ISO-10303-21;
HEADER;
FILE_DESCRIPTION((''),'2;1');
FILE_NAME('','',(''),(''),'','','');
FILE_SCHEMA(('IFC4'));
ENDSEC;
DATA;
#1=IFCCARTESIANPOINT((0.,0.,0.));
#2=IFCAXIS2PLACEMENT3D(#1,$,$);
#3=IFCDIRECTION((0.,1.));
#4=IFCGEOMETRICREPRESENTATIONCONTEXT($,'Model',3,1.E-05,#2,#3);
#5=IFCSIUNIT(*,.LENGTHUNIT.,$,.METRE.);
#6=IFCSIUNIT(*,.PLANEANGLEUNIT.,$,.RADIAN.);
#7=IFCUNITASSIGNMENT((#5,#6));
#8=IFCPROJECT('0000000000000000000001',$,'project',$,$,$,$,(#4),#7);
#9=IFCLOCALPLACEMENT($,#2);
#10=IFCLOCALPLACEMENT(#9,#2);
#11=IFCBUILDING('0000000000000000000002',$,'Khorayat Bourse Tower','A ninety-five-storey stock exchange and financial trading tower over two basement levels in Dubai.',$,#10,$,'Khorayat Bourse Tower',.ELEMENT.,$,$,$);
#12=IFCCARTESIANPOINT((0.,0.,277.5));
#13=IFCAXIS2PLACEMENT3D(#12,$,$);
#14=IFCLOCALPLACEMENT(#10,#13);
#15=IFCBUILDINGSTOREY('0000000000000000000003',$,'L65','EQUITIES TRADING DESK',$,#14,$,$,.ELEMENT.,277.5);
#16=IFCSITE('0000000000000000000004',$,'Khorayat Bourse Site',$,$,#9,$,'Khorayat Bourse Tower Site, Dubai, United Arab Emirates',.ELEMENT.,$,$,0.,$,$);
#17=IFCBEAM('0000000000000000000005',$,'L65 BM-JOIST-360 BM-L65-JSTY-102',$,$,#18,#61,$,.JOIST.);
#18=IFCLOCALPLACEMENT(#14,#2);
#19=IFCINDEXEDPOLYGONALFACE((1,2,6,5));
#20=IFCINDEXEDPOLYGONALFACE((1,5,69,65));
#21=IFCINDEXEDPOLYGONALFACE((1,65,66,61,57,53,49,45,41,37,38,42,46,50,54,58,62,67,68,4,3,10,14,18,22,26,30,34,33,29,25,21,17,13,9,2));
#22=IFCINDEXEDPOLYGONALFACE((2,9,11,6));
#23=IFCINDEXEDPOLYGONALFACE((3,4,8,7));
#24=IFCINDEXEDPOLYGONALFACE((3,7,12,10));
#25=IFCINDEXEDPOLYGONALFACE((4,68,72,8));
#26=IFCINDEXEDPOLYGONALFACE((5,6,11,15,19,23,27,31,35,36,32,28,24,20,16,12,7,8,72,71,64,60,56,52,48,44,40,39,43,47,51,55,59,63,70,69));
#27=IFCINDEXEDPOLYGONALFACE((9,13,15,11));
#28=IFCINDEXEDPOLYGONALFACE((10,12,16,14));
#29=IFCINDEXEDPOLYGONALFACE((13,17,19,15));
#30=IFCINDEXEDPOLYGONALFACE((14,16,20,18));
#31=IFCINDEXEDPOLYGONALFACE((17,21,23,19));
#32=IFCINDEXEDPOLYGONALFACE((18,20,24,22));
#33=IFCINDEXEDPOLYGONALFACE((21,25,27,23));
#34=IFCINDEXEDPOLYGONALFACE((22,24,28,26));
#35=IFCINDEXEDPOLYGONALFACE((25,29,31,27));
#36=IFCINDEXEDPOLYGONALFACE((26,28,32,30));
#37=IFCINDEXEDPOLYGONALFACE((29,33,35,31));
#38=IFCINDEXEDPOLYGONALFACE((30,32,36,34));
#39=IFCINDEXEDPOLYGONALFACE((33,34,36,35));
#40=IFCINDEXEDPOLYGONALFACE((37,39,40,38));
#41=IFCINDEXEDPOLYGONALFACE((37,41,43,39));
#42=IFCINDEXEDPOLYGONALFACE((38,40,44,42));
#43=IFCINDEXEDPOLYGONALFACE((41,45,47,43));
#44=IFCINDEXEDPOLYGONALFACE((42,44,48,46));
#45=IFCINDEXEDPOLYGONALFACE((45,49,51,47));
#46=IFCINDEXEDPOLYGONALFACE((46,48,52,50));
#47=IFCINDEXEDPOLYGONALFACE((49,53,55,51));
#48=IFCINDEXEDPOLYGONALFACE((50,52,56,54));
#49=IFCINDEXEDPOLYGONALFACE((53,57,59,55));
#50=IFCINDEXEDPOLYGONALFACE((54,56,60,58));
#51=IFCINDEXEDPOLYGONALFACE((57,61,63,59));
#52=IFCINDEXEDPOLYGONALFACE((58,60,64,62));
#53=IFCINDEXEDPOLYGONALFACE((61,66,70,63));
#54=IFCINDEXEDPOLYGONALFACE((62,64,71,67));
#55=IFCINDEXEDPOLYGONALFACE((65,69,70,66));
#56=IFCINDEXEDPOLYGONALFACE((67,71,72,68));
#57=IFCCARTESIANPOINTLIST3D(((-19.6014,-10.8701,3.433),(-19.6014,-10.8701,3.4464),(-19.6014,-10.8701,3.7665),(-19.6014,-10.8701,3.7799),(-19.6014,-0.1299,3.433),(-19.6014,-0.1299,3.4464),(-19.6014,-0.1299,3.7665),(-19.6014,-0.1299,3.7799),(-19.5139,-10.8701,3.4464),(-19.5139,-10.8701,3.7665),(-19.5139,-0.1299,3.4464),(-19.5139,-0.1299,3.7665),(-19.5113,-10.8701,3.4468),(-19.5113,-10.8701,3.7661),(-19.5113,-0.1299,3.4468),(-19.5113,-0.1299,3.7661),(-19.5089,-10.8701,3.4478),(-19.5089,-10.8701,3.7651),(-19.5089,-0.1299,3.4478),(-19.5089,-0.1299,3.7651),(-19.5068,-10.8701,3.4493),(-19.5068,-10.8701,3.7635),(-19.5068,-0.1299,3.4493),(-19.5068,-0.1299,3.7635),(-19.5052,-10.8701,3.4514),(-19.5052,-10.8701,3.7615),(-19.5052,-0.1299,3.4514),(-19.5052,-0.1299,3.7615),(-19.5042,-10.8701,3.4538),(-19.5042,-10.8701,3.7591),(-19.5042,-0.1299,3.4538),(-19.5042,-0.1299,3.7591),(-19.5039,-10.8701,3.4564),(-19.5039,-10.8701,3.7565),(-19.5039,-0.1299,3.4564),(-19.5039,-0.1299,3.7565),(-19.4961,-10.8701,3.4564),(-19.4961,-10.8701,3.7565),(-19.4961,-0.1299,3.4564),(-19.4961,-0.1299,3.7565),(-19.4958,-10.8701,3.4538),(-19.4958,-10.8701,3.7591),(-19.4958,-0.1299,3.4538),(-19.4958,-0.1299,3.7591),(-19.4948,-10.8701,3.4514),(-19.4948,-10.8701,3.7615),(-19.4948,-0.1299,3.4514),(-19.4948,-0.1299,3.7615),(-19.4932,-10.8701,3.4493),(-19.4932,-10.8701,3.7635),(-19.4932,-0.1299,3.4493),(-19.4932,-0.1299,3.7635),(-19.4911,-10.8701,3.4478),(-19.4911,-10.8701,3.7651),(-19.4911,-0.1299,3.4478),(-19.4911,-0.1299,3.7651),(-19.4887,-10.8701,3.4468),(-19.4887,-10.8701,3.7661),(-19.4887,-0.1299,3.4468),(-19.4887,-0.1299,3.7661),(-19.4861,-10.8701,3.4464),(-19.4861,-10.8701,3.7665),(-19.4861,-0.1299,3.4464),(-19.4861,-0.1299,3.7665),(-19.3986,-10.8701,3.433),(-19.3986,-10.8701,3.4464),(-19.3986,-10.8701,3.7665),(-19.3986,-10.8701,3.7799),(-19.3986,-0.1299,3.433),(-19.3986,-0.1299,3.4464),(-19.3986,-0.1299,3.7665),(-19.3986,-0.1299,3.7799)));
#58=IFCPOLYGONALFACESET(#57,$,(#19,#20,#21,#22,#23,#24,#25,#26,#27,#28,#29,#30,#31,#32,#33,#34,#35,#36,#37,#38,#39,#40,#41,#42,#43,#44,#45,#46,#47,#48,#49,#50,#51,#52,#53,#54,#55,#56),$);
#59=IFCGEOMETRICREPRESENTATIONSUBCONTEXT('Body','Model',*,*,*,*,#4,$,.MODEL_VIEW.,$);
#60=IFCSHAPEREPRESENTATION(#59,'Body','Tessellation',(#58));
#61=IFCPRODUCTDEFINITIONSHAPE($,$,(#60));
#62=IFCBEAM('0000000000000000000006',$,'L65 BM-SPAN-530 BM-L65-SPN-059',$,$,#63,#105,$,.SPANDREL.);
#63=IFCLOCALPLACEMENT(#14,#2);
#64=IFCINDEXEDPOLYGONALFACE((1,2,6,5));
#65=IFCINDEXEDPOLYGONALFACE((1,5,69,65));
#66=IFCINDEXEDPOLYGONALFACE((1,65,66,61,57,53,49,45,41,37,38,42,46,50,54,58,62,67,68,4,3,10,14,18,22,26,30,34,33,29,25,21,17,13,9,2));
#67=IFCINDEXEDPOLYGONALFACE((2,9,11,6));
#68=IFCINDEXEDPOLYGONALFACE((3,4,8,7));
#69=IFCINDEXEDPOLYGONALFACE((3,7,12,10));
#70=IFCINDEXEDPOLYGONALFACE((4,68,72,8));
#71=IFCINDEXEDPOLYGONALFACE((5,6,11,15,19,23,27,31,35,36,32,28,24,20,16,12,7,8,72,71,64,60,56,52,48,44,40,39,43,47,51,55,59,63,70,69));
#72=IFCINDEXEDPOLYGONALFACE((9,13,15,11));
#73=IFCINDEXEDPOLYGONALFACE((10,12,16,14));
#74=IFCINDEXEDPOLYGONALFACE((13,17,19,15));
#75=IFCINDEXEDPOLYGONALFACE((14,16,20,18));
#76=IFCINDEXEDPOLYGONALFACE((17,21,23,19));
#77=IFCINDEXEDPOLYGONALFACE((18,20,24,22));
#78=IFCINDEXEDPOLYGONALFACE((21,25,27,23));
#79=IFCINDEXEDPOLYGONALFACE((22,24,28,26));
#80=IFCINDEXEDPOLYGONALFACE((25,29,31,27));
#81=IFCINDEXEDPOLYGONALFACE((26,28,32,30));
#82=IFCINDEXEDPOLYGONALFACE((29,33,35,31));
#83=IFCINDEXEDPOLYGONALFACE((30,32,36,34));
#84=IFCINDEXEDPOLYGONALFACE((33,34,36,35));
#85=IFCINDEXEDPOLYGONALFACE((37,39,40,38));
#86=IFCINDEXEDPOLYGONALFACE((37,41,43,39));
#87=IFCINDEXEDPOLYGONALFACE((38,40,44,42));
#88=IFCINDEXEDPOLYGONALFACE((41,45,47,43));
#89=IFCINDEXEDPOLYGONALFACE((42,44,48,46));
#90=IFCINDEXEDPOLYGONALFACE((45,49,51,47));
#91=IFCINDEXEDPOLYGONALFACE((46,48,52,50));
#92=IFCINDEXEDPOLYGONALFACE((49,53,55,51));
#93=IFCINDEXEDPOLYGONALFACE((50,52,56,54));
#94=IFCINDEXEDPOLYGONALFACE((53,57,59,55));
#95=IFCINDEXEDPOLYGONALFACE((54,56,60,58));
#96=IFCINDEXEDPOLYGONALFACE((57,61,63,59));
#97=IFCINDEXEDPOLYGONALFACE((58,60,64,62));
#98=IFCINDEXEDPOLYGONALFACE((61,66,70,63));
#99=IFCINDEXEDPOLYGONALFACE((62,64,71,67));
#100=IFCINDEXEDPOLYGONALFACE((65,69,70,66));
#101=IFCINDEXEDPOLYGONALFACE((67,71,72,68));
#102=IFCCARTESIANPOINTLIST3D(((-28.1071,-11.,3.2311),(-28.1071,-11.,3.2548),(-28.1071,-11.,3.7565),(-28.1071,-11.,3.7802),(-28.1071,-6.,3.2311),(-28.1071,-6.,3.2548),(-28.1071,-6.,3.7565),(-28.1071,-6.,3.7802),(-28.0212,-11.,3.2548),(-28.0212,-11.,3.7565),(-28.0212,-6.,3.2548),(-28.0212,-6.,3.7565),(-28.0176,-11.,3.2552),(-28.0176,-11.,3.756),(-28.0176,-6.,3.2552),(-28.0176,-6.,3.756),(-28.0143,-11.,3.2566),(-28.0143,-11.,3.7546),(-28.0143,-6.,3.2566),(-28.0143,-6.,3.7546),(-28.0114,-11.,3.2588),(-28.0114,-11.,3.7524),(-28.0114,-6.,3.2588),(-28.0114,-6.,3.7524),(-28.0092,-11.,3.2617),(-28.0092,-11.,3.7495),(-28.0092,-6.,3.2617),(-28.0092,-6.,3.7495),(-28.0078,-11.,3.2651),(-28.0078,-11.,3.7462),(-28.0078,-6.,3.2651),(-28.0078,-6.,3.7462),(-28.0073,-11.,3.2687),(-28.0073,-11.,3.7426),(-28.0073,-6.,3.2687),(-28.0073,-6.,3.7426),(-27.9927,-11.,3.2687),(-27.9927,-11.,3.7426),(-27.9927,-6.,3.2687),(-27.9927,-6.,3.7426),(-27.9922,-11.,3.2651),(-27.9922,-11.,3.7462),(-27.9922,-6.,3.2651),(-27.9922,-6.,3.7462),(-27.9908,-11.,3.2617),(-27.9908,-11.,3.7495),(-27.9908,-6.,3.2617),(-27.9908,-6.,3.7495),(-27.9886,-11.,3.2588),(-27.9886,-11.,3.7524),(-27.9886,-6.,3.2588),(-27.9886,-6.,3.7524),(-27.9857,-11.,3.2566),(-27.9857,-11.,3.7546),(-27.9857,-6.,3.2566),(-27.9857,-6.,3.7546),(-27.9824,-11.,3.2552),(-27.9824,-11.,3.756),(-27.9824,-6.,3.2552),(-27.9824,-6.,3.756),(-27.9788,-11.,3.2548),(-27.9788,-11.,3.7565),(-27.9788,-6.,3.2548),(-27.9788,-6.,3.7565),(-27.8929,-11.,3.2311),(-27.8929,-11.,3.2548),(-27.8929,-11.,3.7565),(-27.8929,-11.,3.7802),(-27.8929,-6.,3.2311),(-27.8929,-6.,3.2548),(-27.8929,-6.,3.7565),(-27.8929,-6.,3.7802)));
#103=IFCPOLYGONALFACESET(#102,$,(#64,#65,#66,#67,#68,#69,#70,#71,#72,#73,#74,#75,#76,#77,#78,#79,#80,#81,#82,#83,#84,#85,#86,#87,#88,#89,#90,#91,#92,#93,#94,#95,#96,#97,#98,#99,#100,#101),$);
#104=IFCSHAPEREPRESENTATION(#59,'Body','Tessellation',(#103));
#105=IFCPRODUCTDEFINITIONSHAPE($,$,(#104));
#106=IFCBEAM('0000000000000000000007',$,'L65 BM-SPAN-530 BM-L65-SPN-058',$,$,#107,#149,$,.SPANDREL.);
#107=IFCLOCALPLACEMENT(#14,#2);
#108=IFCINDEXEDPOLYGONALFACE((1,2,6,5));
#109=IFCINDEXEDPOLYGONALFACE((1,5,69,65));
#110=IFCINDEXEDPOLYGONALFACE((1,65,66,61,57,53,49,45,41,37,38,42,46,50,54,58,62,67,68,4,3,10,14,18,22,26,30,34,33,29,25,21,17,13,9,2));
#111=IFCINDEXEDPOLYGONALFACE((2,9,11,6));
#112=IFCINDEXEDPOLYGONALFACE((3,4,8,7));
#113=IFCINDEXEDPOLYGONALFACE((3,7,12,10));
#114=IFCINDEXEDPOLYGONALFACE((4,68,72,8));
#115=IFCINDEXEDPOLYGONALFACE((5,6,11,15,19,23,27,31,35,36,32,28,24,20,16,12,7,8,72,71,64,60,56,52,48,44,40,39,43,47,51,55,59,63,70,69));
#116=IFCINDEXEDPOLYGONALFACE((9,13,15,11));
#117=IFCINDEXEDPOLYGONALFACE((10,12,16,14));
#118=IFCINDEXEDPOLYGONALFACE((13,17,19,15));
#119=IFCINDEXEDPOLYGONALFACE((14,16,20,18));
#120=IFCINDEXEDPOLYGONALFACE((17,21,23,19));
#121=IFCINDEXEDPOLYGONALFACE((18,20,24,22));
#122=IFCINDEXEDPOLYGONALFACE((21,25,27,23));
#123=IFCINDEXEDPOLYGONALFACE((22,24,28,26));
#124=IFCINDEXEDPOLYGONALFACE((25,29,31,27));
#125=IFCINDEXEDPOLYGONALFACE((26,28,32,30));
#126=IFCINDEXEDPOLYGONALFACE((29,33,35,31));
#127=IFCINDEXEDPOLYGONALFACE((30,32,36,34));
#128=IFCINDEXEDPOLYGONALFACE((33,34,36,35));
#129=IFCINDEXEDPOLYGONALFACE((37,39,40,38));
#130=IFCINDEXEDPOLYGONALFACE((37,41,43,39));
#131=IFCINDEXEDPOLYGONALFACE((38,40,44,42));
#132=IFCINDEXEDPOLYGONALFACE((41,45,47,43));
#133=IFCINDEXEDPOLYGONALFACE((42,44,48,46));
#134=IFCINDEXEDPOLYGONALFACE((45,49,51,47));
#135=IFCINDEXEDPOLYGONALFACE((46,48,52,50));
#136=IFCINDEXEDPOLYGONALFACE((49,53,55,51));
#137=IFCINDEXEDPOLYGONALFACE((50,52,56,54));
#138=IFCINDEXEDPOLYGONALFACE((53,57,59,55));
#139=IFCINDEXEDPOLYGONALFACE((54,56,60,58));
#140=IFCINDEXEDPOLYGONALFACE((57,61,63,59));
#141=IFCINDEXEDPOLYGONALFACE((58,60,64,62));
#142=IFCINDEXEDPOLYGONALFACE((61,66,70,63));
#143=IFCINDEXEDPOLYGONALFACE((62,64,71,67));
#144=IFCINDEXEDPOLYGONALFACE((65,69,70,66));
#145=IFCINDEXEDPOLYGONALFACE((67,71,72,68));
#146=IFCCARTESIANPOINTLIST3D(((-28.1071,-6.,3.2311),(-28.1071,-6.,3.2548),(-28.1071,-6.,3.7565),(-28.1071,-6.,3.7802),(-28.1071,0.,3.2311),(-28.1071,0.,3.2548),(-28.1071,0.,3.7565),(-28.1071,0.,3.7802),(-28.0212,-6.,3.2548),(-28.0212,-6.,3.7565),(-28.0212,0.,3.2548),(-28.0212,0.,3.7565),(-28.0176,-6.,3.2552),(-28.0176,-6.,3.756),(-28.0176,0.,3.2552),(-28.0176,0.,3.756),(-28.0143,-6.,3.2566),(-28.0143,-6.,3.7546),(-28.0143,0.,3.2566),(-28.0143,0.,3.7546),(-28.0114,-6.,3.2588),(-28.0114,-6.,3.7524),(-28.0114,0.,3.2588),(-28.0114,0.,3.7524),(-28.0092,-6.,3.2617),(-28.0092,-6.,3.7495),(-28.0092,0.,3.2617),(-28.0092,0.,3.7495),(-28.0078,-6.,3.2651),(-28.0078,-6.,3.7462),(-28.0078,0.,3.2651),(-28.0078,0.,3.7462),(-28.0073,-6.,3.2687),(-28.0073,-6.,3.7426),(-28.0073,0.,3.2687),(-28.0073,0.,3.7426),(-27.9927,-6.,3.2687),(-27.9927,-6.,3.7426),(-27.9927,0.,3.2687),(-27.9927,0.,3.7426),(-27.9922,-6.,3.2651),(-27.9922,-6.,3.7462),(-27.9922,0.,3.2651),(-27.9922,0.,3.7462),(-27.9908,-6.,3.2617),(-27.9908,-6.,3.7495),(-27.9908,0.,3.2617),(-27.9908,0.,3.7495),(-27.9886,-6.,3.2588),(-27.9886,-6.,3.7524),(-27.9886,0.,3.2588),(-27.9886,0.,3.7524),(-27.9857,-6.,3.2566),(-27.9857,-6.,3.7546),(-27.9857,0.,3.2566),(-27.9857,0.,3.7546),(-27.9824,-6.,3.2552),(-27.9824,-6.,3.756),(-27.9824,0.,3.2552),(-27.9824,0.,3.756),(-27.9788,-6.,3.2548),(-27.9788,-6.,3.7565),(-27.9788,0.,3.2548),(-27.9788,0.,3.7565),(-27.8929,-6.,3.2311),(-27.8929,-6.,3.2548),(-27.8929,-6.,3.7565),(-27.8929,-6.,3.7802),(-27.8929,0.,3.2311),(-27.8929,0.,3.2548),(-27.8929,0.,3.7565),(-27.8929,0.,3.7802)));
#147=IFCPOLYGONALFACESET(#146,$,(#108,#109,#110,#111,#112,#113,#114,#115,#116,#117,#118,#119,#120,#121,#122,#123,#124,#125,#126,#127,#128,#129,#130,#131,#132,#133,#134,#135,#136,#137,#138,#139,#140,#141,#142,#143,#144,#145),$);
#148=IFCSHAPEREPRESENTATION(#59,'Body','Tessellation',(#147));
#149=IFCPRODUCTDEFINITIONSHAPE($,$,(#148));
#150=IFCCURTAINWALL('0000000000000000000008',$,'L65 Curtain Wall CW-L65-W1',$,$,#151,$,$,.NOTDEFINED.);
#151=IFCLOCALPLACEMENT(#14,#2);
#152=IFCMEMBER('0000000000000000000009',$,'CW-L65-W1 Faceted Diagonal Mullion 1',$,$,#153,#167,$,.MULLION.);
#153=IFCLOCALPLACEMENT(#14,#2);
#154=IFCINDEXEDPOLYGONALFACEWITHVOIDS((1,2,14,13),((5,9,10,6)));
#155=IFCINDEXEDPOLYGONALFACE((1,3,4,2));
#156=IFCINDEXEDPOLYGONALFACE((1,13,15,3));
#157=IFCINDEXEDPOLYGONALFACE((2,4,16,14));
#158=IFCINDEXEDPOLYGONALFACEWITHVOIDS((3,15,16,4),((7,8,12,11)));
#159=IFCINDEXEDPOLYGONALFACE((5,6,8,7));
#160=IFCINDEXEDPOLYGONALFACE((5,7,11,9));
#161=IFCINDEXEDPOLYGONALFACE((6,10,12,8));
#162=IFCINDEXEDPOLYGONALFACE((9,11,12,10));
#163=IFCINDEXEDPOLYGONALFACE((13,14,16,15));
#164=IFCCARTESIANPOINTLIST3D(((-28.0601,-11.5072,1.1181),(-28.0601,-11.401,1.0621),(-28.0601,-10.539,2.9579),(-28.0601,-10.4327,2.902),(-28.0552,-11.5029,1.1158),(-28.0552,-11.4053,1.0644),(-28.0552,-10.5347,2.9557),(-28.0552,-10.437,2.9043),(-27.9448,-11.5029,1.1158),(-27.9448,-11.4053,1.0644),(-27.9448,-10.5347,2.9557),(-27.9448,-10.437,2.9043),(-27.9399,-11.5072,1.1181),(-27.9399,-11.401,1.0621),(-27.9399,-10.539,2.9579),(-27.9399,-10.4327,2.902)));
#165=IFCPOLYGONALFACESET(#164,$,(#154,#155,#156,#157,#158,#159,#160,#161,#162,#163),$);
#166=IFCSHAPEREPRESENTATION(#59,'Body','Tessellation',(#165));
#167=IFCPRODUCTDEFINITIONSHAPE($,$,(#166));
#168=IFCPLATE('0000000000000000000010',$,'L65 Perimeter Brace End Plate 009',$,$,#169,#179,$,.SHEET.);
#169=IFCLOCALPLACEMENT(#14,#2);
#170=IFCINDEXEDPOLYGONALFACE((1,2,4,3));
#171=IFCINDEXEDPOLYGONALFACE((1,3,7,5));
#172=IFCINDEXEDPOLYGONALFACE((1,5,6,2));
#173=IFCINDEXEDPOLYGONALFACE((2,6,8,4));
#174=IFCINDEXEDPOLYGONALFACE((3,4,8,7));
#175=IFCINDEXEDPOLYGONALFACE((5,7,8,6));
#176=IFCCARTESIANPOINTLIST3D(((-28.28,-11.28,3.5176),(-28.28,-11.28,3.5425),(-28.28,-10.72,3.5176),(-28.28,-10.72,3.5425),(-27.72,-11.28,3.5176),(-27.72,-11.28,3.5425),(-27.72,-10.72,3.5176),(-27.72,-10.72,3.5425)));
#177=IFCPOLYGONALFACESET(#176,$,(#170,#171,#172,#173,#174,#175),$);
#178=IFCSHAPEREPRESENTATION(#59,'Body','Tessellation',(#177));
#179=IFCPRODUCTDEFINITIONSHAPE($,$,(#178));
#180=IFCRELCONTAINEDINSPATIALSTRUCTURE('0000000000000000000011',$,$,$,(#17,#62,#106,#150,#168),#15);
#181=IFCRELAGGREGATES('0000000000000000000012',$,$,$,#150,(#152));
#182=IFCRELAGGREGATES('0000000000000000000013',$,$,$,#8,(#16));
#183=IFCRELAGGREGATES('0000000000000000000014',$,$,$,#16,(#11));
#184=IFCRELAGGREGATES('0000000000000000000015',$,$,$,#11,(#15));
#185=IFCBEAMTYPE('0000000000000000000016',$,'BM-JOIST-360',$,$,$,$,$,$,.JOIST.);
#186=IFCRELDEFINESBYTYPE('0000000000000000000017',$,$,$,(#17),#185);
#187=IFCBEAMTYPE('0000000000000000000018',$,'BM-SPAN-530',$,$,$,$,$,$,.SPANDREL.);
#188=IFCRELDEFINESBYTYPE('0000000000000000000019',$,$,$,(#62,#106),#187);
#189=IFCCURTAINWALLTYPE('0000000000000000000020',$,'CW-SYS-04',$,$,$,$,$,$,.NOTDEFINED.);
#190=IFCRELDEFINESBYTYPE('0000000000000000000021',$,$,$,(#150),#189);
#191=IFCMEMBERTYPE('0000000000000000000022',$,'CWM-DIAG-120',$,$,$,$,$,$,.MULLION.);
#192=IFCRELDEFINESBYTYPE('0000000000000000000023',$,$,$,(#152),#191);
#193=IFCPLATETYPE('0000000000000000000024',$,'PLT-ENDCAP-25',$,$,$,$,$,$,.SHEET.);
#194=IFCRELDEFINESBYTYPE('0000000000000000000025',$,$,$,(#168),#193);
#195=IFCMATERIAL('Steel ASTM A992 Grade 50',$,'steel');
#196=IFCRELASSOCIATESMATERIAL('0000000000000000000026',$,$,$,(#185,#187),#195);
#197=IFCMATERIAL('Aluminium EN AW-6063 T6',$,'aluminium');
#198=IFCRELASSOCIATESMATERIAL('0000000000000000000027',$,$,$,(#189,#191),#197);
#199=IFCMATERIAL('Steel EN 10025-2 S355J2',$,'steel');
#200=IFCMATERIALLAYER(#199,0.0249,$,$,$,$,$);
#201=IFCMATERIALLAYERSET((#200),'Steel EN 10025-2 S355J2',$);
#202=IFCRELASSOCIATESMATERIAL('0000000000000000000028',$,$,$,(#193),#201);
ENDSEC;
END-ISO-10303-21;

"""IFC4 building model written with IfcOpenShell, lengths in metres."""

from ifc_helpers import new_model, si_unit, direction, frame, origin, origin_2d, place, context, subcontext, project, spatial, rectangle, hollow_rectangle, i_section, extrude, source, transform, mapped, material, layer, layer_set, material_profile, profile_set, type_object, element, aggregate, save


model = new_model("IFC4")

# Units and contexts
model_context = context("Model", 3, precision=1e-05, world=origin(), true_north=direction((0.0, 1.0)))
body_context = subcontext(model_context, "Body", "Model", "MODEL_VIEW")
ifc_project = project(units=[si_unit("LENGTHUNIT", "METRE"), si_unit("PLANEANGLEUNIT", "RADIAN")], contexts=[model_context])

# Site, building, storey
site_placement = place(None, origin())
site = spatial("IfcSite", under=ifc_project, at=site_placement, Name="Khorayat Bourse Site", LongName="Khorayat Bourse Tower Site, Dubai, United Arab Emirates", CompositionType="ELEMENT", RefElevation=0.0)
building_placement = place(site_placement, origin())
building = spatial("IfcBuilding", under=site, at=building_placement, Name="Khorayat Bourse Tower", Description="A ninety-five-storey stock exchange and financial trading tower over two basement levels in Dubai.", LongName="Khorayat Bourse Tower", CompositionType="ELEMENT")
storey_placement = place(building_placement, frame((0.0, 0.0, 277.5)))
storey = spatial("IfcBuildingStorey", under=building, at=storey_placement, Name="L65", Description="EQUITIES TRADING DESK", CompositionType="ELEMENT", Elevation=277.5)

# Beams
ifc_material_1 = material(Name="Steel ASTM A992 Grade 50", Category="steel")
ifc_material_profile_1 = material_profile(ifc_material_1, i_section(OverallWidth=0.2029, OverallDepth=0.3469, WebThickness=0.0078, FlangeThickness=0.0134, FilletRadius=0.01, at=origin_2d()), Name="W360X64")
ifc_profile_set_1 = profile_set([ifc_material_profile_1], Name="Steel ASTM A992 Grade 50")
beam_type_1 = type_object("IfcBeamType", Name="BM-JOIST-360", PredefinedType="JOIST", material=ifc_profile_set_1)
shared_shape_1 = source(origin(), body_context, "Body", "SweptSolid", [
    extrude(i_section(OverallWidth=0.2029, OverallDepth=0.3469, WebThickness=0.0078, FlangeThickness=0.0134, FilletRadius=0.01, at=origin_2d()), origin(), (0.0, 0.0, 1.0), 10.7402),
])
beam_1_placement = place(storey_placement, frame((-19.5, -10.8701, 3.6064), z_axis=(0.0, 1.0, 0.0), x_axis=(-1.0, 0.0, 0.0)))
element("IfcBeam", 1, at=beam_1_placement, inside=storey, type_object=beam_type_1, Name="L65 BM-JOIST-360 BM-L65-JSTY-102", PredefinedType="JOIST", context=body_context, shape_type="MappedRepresentation", body=[
    mapped(shared_shape_1, transform((0.0, 0.0, 0.0), scale=1.0)),
])
ifc_material_profile_2 = material_profile(ifc_material_1, i_section(OverallWidth=0.2141, OverallDepth=0.5491, WebThickness=0.0146, FlangeThickness=0.0237, FilletRadius=0.0139, at=origin_2d()), Name="W530X138")
ifc_profile_set_2 = profile_set([ifc_material_profile_2], Name="Steel ASTM A992 Grade 50")
beam_type_2 = type_object("IfcBeamType", Name="BM-SPAN-530", PredefinedType="SPANDREL", material=ifc_profile_set_2)
shared_shape_2 = source(origin(), body_context, "Body", "SweptSolid", [
    extrude(i_section(OverallWidth=0.2141, OverallDepth=0.5491, WebThickness=0.0146, FlangeThickness=0.0237, FilletRadius=0.0139, at=origin_2d()), origin(), (0.0, 0.0, 1.0), 5.0),
])
beam_2_placement = place(storey_placement, frame((-28.0, -11.0, 3.5056), z_axis=(0.0, 1.0, 0.0), x_axis=(-1.0, 0.0, 0.0)))
element("IfcBeam", 2, at=beam_2_placement, inside=storey, type_object=beam_type_2, Name="L65 BM-SPAN-530 BM-L65-SPN-059", PredefinedType="SPANDREL", context=body_context, shape_type="MappedRepresentation", body=[
    mapped(shared_shape_2, transform((0.0, 0.0, 0.0), scale=1.0)),
])
shared_shape_3 = source(origin(), body_context, "Body", "SweptSolid", [
    extrude(i_section(OverallWidth=0.2141, OverallDepth=0.5491, WebThickness=0.0146, FlangeThickness=0.0237, FilletRadius=0.0139, at=origin_2d()), origin(), (0.0, 0.0, 1.0), 6.0),
])
beam_3_placement = place(storey_placement, frame((-28.0, -6.0, 3.5056), z_axis=(0.0, 1.0, 0.0), x_axis=(-1.0, 0.0, 0.0)))
element("IfcBeam", 3, at=beam_3_placement, inside=storey, type_object=beam_type_2, Name="L65 BM-SPAN-530 BM-L65-SPN-058", PredefinedType="SPANDREL", context=body_context, shape_type="MappedRepresentation", body=[
    mapped(shared_shape_3, transform((0.0, 0.0, 0.0), scale=1.0)),
])

# Curtain wall, member
ifc_material_2 = material(Name="Aluminium EN AW-6063 T6", Category="aluminium")
curtain_wall_type = type_object("IfcCurtainWallType", Name="CW-SYS-04", PredefinedType="NOTDEFINED", material=ifc_material_2)
curtain_wall_placement = place(storey_placement, origin())
curtain_wall = element("IfcCurtainWall", 4, at=curtain_wall_placement, inside=storey, type_object=curtain_wall_type, Name="L65 Curtain Wall CW-L65-W1", PredefinedType="NOTDEFINED")
ifc_material_profile_3 = material_profile(ifc_material_2, hollow_rectangle(XDim=0.1201, YDim=0.1201, WallThickness=0.0049, at=origin_2d()), Name="ALU 120x120x5")
ifc_profile_set_3 = profile_set([ifc_material_profile_3], Name="Aluminium EN AW-6063 T6")
member_type_1 = type_object("IfcMemberType", Name="CWM-DIAG-120", PredefinedType="MULLION", material=ifc_profile_set_3)
shared_shape_4 = source(origin(), body_context, "Body", "SweptSolid", [
    extrude(hollow_rectangle(XDim=0.1201, YDim=0.1201, WallThickness=0.0049, at=origin_2d()), origin(), (0.0, 0.0, 1.0), 2.0791),
])
member_1_placement = place(storey_placement, frame((-28.0, -11.4541, 1.0901), z_axis=(0.0, 0.465717, 0.884934), x_axis=(-1.0, 0.0, 0.0)))
member_1 = element("IfcMember", 5, at=member_1_placement, type_object=member_type_1, Name="CW-L65-W1 Faceted Diagonal Mullion 1", PredefinedType="MULLION", context=body_context, shape_type="MappedRepresentation", body=[
    mapped(shared_shape_4, transform((0.0, 0.0, 0.0), scale=1.0)),
])

# Plate
ifc_material_3 = material(Name="Steel EN 10025-2 S355J2", Category="steel")
ifc_layer_1 = layer(ifc_material_3, 0.0249)
ifc_layer_set_1 = layer_set([ifc_layer_1], Name="Steel EN 10025-2 S355J2")
plate_type_1 = type_object("IfcPlateType", Name="PLT-ENDCAP-25", PredefinedType="SHEET", material=ifc_layer_set_1)
shared_shape_5 = source(origin(), body_context, "Body", "SweptSolid", [
    extrude(rectangle(XDim=0.5601, YDim=0.5601, at=origin_2d()), origin(), (0.0, 0.0, 1.0), 0.0249),
])
for number, where, z_axis, x_axis, name in (
    (6, (-28.0, -11.0, 3.5176), (0.0, 0.0, 1.0), (1.0, 0.0, 0.0), "L65 Perimeter Brace End Plate 009"),
):
    element("IfcPlate", number, at=place(storey_placement, frame(where, z_axis=z_axis, x_axis=x_axis)), inside=storey, type_object=plate_type_1, Name=name, PredefinedType="SHEET", context=body_context, shape_type="MappedRepresentation", body=[
        mapped(shared_shape_5, transform((0.0, 0.0, 0.0), scale=1.0)),
    ])

aggregate(curtain_wall, [member_1])

save(model, "model.ifc")
